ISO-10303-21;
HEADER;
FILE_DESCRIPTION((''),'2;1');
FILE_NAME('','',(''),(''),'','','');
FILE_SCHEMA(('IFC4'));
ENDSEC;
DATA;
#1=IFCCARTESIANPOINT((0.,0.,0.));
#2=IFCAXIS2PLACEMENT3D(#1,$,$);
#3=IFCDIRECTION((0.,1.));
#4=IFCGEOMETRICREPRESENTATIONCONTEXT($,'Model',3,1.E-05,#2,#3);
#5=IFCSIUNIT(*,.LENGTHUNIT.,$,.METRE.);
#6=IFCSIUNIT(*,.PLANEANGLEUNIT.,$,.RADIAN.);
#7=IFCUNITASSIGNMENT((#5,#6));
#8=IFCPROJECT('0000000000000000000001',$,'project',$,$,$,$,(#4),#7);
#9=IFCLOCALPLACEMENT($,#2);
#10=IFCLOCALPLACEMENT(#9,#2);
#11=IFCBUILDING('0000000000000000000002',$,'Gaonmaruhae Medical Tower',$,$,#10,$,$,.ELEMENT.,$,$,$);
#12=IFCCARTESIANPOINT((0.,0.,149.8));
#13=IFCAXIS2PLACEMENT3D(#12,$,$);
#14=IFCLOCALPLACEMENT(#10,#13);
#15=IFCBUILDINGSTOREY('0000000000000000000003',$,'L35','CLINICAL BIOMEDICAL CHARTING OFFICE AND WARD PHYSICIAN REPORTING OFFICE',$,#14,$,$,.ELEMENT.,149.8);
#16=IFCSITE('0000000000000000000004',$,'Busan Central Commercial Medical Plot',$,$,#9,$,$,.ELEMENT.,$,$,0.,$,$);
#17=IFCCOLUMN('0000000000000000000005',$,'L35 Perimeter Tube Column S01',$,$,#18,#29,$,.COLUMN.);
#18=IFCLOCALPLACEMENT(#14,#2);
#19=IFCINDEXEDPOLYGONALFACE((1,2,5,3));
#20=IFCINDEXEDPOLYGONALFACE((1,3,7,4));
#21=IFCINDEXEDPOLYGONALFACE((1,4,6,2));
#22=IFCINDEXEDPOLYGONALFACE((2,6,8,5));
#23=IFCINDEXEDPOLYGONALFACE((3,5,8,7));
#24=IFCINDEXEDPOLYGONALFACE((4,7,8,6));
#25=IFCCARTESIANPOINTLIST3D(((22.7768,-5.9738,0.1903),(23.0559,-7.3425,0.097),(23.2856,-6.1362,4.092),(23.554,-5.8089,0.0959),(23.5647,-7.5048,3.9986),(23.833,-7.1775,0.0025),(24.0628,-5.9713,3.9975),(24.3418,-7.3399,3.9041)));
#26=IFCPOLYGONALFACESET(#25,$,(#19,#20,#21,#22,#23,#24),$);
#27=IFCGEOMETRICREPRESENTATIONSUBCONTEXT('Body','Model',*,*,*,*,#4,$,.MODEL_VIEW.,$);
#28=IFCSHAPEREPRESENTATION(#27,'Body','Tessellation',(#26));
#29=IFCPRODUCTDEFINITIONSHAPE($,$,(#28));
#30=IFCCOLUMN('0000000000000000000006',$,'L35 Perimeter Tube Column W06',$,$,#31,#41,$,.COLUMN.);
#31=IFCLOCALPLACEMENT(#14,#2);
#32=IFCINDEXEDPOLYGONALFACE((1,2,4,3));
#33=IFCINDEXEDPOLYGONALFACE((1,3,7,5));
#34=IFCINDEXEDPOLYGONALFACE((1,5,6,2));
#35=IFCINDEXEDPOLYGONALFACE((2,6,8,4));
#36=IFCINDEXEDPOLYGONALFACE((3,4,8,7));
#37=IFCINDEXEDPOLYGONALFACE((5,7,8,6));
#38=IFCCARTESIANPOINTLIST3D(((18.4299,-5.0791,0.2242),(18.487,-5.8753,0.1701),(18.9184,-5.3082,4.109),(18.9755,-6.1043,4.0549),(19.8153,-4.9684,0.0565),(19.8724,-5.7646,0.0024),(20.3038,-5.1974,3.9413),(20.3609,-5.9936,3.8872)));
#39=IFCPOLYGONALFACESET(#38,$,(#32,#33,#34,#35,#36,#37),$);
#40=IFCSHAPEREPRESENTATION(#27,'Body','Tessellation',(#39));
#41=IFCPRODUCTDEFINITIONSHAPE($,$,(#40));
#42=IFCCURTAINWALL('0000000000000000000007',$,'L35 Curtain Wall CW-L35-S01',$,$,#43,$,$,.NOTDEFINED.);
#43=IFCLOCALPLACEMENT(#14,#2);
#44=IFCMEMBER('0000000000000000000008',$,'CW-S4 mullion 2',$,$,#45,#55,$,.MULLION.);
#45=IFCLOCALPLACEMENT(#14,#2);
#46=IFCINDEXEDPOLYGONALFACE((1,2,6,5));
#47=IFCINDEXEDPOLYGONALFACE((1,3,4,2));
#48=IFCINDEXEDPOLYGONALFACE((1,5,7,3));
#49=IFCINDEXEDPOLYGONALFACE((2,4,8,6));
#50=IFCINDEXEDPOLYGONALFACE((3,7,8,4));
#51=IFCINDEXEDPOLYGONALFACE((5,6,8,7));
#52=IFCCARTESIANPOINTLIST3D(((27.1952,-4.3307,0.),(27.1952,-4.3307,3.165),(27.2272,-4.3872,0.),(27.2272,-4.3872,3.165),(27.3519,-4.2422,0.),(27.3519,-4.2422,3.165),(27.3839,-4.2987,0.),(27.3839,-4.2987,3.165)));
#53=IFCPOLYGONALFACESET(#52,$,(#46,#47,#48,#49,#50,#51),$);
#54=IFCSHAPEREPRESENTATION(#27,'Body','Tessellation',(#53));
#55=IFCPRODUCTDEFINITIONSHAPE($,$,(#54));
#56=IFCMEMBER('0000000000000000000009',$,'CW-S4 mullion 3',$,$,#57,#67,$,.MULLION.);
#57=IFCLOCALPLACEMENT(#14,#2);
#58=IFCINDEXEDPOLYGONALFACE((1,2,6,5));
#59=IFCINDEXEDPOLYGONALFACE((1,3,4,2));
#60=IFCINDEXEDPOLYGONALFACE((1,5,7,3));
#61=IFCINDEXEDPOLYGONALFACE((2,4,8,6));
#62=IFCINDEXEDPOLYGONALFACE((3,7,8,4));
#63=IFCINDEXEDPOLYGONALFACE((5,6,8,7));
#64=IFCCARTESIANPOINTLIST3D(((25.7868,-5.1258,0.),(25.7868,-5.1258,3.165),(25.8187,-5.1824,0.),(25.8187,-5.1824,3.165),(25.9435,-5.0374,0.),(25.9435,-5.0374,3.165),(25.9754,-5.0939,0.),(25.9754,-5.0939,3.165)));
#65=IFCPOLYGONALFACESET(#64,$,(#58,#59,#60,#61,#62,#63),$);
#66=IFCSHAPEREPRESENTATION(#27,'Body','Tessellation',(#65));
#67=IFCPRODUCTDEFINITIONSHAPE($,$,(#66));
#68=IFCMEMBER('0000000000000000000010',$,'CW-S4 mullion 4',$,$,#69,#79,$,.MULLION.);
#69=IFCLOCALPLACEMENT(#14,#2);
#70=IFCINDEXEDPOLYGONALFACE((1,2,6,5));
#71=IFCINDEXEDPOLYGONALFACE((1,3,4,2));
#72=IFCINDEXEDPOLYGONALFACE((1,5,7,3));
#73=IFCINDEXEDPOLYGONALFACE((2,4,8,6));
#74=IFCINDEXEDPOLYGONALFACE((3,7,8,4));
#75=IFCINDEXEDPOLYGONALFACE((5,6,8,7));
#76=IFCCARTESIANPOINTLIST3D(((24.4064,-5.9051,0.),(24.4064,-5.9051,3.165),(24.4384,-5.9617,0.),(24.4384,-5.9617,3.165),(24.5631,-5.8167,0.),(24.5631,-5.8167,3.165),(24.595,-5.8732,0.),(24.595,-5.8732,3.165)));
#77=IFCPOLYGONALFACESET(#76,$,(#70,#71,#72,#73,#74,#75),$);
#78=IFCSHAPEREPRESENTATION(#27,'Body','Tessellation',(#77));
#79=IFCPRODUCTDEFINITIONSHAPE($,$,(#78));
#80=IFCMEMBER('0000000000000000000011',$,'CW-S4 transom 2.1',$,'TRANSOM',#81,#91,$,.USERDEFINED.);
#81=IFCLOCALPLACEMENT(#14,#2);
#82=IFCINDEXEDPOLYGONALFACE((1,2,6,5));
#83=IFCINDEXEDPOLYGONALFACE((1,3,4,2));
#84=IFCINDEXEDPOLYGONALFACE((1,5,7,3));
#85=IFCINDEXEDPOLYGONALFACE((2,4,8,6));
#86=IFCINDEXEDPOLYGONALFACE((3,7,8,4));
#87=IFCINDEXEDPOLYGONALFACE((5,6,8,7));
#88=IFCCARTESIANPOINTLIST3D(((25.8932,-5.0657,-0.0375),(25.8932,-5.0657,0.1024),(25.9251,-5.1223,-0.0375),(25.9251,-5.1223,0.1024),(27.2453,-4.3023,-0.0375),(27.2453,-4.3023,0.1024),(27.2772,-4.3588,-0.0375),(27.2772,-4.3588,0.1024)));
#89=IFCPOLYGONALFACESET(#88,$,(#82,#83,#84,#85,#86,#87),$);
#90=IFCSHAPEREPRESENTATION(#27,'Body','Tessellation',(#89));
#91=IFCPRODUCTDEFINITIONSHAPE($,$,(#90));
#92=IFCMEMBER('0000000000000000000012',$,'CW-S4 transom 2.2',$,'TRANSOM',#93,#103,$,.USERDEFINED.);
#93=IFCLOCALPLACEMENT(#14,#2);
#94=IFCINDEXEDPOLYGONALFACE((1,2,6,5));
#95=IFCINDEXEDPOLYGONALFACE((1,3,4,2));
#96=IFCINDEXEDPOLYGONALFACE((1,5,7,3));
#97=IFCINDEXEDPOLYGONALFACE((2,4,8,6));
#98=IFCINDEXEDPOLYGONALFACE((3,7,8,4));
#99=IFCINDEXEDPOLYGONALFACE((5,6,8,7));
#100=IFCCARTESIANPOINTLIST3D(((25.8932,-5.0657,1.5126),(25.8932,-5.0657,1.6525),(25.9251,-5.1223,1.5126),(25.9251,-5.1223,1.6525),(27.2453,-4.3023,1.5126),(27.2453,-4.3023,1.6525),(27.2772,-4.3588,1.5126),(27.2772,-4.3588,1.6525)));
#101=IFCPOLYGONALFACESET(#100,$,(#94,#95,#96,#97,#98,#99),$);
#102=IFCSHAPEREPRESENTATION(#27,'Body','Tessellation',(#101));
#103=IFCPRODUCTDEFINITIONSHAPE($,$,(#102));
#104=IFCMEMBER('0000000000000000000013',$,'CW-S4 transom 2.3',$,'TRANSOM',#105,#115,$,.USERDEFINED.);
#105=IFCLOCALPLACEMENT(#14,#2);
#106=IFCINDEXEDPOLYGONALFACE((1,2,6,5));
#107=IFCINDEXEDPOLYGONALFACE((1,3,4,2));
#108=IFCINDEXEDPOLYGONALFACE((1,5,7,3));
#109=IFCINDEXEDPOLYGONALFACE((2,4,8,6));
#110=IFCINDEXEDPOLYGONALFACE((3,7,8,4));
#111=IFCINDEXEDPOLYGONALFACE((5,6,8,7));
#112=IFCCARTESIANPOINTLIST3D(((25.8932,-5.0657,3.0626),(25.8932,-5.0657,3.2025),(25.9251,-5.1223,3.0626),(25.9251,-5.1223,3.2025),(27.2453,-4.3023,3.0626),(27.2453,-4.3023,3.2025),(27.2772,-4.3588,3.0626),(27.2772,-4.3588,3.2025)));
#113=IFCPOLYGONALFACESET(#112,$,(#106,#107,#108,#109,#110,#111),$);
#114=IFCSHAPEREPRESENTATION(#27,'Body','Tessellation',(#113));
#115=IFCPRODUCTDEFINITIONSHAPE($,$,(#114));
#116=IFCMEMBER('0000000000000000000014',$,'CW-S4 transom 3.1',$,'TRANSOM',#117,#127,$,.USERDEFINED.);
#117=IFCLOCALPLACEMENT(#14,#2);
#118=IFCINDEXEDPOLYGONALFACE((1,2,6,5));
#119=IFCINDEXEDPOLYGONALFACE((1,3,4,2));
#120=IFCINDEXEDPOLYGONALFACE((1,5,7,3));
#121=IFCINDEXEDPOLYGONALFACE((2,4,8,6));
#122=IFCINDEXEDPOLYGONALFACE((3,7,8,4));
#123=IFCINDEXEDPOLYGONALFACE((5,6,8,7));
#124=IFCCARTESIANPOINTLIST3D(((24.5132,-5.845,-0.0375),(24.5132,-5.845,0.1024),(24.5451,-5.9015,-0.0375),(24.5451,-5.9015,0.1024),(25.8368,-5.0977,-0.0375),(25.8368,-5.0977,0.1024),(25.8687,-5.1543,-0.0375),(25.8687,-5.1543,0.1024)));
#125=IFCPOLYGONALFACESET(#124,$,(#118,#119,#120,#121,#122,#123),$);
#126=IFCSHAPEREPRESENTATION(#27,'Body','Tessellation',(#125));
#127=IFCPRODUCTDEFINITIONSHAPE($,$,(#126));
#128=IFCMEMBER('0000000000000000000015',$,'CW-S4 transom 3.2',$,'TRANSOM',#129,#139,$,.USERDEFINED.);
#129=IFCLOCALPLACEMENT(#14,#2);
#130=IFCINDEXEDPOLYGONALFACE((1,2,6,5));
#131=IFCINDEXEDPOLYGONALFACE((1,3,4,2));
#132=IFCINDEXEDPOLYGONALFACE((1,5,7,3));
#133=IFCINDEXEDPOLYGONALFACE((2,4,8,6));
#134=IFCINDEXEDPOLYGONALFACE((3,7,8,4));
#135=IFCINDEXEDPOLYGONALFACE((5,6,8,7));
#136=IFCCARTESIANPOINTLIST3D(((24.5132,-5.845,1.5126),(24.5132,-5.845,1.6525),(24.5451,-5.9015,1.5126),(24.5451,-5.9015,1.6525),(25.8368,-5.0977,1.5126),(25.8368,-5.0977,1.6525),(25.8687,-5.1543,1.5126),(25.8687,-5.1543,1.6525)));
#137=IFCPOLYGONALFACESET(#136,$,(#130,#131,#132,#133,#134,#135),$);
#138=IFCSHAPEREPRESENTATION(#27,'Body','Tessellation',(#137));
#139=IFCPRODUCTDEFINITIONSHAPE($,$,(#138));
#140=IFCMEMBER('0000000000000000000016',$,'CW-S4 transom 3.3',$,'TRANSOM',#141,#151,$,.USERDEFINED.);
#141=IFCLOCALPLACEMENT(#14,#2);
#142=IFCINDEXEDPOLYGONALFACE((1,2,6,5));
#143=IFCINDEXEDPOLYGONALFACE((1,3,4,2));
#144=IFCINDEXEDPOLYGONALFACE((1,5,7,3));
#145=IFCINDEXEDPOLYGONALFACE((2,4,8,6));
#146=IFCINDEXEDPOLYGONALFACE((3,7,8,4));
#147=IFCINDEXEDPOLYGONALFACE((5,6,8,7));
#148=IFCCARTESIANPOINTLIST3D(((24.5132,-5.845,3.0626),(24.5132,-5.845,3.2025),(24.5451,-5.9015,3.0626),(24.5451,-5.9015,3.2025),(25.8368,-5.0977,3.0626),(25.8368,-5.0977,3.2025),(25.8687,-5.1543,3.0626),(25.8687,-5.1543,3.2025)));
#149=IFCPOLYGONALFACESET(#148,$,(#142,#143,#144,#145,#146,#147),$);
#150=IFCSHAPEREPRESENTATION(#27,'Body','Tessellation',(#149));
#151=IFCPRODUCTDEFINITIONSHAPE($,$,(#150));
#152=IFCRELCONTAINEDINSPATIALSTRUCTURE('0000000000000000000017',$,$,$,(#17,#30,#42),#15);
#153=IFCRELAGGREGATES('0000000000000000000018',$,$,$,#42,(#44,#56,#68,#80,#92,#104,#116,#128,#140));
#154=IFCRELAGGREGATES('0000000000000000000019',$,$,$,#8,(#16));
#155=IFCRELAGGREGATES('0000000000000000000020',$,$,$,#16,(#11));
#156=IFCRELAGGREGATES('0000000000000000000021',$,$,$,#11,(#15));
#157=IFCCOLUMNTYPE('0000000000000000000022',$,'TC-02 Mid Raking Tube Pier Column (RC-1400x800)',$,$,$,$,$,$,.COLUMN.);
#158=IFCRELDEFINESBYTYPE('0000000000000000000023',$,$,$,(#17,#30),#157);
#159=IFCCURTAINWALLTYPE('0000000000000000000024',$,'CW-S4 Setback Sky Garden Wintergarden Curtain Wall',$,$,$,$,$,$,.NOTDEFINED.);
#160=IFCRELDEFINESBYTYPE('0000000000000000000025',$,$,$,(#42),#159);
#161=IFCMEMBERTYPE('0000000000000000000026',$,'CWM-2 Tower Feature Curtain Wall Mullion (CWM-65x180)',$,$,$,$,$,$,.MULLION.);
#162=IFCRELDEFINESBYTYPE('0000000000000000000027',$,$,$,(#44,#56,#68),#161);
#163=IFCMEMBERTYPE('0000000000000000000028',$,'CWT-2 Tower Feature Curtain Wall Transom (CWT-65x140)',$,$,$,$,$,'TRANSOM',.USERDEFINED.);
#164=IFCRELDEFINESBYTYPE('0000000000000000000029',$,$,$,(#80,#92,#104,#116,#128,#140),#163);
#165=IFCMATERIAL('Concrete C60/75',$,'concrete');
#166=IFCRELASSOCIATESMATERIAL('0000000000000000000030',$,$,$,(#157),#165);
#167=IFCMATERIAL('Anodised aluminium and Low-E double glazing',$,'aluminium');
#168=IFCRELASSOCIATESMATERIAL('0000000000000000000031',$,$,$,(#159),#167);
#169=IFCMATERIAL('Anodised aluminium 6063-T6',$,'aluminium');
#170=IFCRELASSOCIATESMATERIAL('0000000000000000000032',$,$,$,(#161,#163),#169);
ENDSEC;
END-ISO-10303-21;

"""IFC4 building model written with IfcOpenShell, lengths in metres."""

from ifc_helpers import new_model, si_unit, direction, frame, origin, origin_2d, place, context, subcontext, project, spatial, rectangle, extrude, material, material_profile, profile_set, type_object, element, aggregate, save


model = new_model("IFC4")

# Units and contexts
model_context = context("Model", 3, precision=1e-05, world=origin(), true_north=direction((0.0, 1.0)))
body_context = subcontext(model_context, "Body", "Model", "MODEL_VIEW")
ifc_project = project(units=[si_unit("LENGTHUNIT", "METRE"), si_unit("PLANEANGLEUNIT", "RADIAN")], contexts=[model_context])

# Site, building, storey
site_placement = place(None, origin())
site = spatial("IfcSite", under=ifc_project, at=site_placement, Name="Busan Central Commercial Medical Plot", CompositionType="ELEMENT", RefElevation=0.0)
building_placement = place(site_placement, origin())
building = spatial("IfcBuilding", under=site, at=building_placement, Name="Gaonmaruhae Medical Tower", CompositionType="ELEMENT")
storey_placement = place(building_placement, frame((0.0, 0.0, 149.8)))
storey = spatial("IfcBuildingStorey", under=building, at=storey_placement, Name="L35", Description="CLINICAL BIOMEDICAL CHARTING OFFICE AND WARD PHYSICIAN REPORTING OFFICE", CompositionType="ELEMENT", Elevation=149.8)

# Columns
ifc_material_1 = material(Name="Concrete C60/75", Category="concrete")
ifc_material_profile_1 = material_profile(ifc_material_1, rectangle(XDim=1.3999, YDim=0.8, at=origin_2d()), Name="RC-1400x800")
ifc_profile_set_1 = profile_set([ifc_material_profile_1], Name="Concrete C60/75")
column_type = type_object("IfcColumnType", Name="TC-02 Mid Raking Tube Pier Column (RC-1400x800)", PredefinedType="COLUMN", material=ifc_profile_set_1)
column_1_placement = place(storey_placement, frame((23.3049, -6.5757, 0.0964), z_axis=(0.1292, -0.041227, 0.990761), x_axis=(-0.199352, 0.977657, 0.066679)))
element("IfcColumn", 1, at=column_1_placement, inside=storey, type_object=column_type, Name="L35 Perimeter Tube Column S01", PredefinedType="COLUMN", context=body_context, shape_type="SweptSolid", body=[
    extrude(rectangle(XDim=1.3999, YDim=0.8, at=origin_2d()), origin(), (0.0, 0.0, 1.0), 3.938),
])
column_2_placement = place(storey_placement, frame((19.1511, -5.4219, 0.1133), z_axis=(0.124559, -0.058389, 0.990493), x_axis=(-0.989644, -0.079092, 0.119789)))
element("IfcColumn", 2, at=column_2_placement, inside=storey, type_object=column_type, Name="L35 Perimeter Tube Column W06", PredefinedType="COLUMN", context=body_context, shape_type="SweptSolid", body=[
    extrude(rectangle(XDim=1.3999, YDim=0.8, at=origin_2d()), origin(), (0.0, 0.0, 1.0), 3.9221),
])

# Curtain wall, members
ifc_material_2 = material(Name="Anodised aluminium and Low-E double glazing", Category="aluminium")
curtain_wall_type = type_object("IfcCurtainWallType", Name="CW-S4 Setback Sky Garden Wintergarden Curtain Wall", PredefinedType="NOTDEFINED", material=ifc_material_2)
curtain_wall_placement = place(storey_placement, origin())
curtain_wall = element("IfcCurtainWall", 3, at=curtain_wall_placement, inside=storey, type_object=curtain_wall_type, Name="L35 Curtain Wall CW-L35-S01", PredefinedType="NOTDEFINED")
ifc_material_3 = material(Name="Anodised aluminium 6063-T6", Category="aluminium")
ifc_material_profile_2 = material_profile(ifc_material_3, rectangle(XDim=0.0649, YDim=0.1799, at=origin_2d()), Name="CWM-65x180")
ifc_profile_set_2 = profile_set([ifc_material_profile_2], Name="Anodised aluminium 6063-T6")
member_type_1 = type_object("IfcMemberType", Name="CWM-2 Tower Feature Curtain Wall Mullion (CWM-65x180)", PredefinedType="MULLION", material=ifc_profile_set_2)
member_1_placement = place(storey_placement, frame((27.2896, -4.3147, 0.0), z_axis=(0.0, 0.0, 1.0), x_axis=(0.491663, -0.870786, 0.0)))
member_1 = element("IfcMember", 4, at=member_1_placement, type_object=member_type_1, Name="CW-S4 mullion 2", PredefinedType="MULLION", context=body_context, shape_type="SweptSolid", body=[
    extrude(rectangle(XDim=0.0649, YDim=0.1799, at=origin_2d()), origin(), (0.0, 0.0, 1.0), 3.165),
])
member_2_placement = place(storey_placement, frame((25.8811, -5.1099, 0.0), z_axis=(0.0, 0.0, 1.0), x_axis=(0.491663, -0.870786, 0.0)))
member_2 = element("IfcMember", 5, at=member_2_placement, type_object=member_type_1, Name="CW-S4 mullion 3", PredefinedType="MULLION", context=body_context, shape_type="SweptSolid", body=[
    extrude(rectangle(XDim=0.0649, YDim=0.1799, at=origin_2d()), origin(), (0.0, 0.0, 1.0), 3.165),
])
member_3_placement = place(storey_placement, frame((24.5007, -5.8892, 0.0), z_axis=(0.0, 0.0, 1.0), x_axis=(0.491663, -0.870786, 0.0)))
member_3 = element("IfcMember", 6, at=member_3_placement, type_object=member_type_1, Name="CW-S4 mullion 4", PredefinedType="MULLION", context=body_context, shape_type="SweptSolid", body=[
    extrude(rectangle(XDim=0.0649, YDim=0.1799, at=origin_2d()), origin(), (0.0, 0.0, 1.0), 3.165),
])
ifc_material_profile_3 = material_profile(ifc_material_3, rectangle(XDim=0.0649, YDim=0.1399, at=origin_2d()), Name="CWT-65x140")
ifc_profile_set_3 = profile_set([ifc_material_profile_3], Name="Anodised aluminium 6063-T6")
member_type_2 = type_object("IfcMemberType", Name="CWT-2 Tower Feature Curtain Wall Transom (CWT-65x140)", ElementType="TRANSOM", PredefinedType="USERDEFINED", material=ifc_profile_set_3)
member_4_placement = place(storey_placement, frame((27.2612, -4.3306, 0.0325), z_axis=(-0.870777, -0.491679, 0.0), x_axis=(0.491679, -0.870777, 0.0)))
member_4 = element("IfcMember", 7, at=member_4_placement, type_object=member_type_2, Name="CW-S4 transom 2.1", ObjectType="TRANSOM", PredefinedType="USERDEFINED", context=body_context, shape_type="SweptSolid", body=[
    extrude(rectangle(XDim=0.0649, YDim=0.1399, at=origin_2d()), origin(), (0.0, 0.0, 1.0), 1.5527),
])
member_5_placement = place(storey_placement, frame((27.2612, -4.3306, 1.5825), z_axis=(-0.870777, -0.491679, 0.0), x_axis=(0.491679, -0.870777, 0.0)))
member_5 = element("IfcMember", 8, at=member_5_placement, type_object=member_type_2, Name="CW-S4 transom 2.2", ObjectType="TRANSOM", PredefinedType="USERDEFINED", context=body_context, shape_type="SweptSolid", body=[
    extrude(rectangle(XDim=0.0649, YDim=0.1399, at=origin_2d()), origin(), (0.0, 0.0, 1.0), 1.5527),
])
member_6_placement = place(storey_placement, frame((27.2612, -4.3306, 3.1326), z_axis=(-0.870777, -0.491679, 0.0), x_axis=(0.491679, -0.870777, 0.0)))
member_6 = element("IfcMember", 9, at=member_6_placement, type_object=member_type_2, Name="CW-S4 transom 2.3", ObjectType="TRANSOM", PredefinedType="USERDEFINED", context=body_context, shape_type="SweptSolid", body=[
    extrude(rectangle(XDim=0.0649, YDim=0.1399, at=origin_2d()), origin(), (0.0, 0.0, 1.0), 1.5527),
])
member_7_placement = place(storey_placement, frame((25.8528, -5.126, 0.0325), z_axis=(-0.870811, -0.491618, 0.0), x_axis=(0.491618, -0.870811, 0.0)))
member_7 = element("IfcMember", 10, at=member_7_placement, type_object=member_type_2, Name="CW-S4 transom 3.1", ObjectType="TRANSOM", PredefinedType="USERDEFINED", context=body_context, shape_type="SweptSolid", body=[
    extrude(rectangle(XDim=0.0649, YDim=0.1399, at=origin_2d()), origin(), (0.0, 0.0, 1.0), 1.52),
])
member_8_placement = place(storey_placement, frame((25.8528, -5.126, 1.5825), z_axis=(-0.870811, -0.491618, 0.0), x_axis=(0.491618, -0.870811, 0.0)))
member_8 = element("IfcMember", 11, at=member_8_placement, type_object=member_type_2, Name="CW-S4 transom 3.2", ObjectType="TRANSOM", PredefinedType="USERDEFINED", context=body_context, shape_type="SweptSolid", body=[
    extrude(rectangle(XDim=0.0649, YDim=0.1399, at=origin_2d()), origin(), (0.0, 0.0, 1.0), 1.52),
])
member_9_placement = place(storey_placement, frame((25.8528, -5.126, 3.1326), z_axis=(-0.870811, -0.491618, 0.0), x_axis=(0.491618, -0.870811, 0.0)))
member_9 = element("IfcMember", 12, at=member_9_placement, type_object=member_type_2, Name="CW-S4 transom 3.3", ObjectType="TRANSOM", PredefinedType="USERDEFINED", context=body_context, shape_type="SweptSolid", body=[
    extrude(rectangle(XDim=0.0649, YDim=0.1399, at=origin_2d()), origin(), (0.0, 0.0, 1.0), 1.52),
])

aggregate(curtain_wall, [member_1, member_2, member_3, member_4, member_5, member_6, member_7, member_8, member_9])

save(model, "model.ifc")
